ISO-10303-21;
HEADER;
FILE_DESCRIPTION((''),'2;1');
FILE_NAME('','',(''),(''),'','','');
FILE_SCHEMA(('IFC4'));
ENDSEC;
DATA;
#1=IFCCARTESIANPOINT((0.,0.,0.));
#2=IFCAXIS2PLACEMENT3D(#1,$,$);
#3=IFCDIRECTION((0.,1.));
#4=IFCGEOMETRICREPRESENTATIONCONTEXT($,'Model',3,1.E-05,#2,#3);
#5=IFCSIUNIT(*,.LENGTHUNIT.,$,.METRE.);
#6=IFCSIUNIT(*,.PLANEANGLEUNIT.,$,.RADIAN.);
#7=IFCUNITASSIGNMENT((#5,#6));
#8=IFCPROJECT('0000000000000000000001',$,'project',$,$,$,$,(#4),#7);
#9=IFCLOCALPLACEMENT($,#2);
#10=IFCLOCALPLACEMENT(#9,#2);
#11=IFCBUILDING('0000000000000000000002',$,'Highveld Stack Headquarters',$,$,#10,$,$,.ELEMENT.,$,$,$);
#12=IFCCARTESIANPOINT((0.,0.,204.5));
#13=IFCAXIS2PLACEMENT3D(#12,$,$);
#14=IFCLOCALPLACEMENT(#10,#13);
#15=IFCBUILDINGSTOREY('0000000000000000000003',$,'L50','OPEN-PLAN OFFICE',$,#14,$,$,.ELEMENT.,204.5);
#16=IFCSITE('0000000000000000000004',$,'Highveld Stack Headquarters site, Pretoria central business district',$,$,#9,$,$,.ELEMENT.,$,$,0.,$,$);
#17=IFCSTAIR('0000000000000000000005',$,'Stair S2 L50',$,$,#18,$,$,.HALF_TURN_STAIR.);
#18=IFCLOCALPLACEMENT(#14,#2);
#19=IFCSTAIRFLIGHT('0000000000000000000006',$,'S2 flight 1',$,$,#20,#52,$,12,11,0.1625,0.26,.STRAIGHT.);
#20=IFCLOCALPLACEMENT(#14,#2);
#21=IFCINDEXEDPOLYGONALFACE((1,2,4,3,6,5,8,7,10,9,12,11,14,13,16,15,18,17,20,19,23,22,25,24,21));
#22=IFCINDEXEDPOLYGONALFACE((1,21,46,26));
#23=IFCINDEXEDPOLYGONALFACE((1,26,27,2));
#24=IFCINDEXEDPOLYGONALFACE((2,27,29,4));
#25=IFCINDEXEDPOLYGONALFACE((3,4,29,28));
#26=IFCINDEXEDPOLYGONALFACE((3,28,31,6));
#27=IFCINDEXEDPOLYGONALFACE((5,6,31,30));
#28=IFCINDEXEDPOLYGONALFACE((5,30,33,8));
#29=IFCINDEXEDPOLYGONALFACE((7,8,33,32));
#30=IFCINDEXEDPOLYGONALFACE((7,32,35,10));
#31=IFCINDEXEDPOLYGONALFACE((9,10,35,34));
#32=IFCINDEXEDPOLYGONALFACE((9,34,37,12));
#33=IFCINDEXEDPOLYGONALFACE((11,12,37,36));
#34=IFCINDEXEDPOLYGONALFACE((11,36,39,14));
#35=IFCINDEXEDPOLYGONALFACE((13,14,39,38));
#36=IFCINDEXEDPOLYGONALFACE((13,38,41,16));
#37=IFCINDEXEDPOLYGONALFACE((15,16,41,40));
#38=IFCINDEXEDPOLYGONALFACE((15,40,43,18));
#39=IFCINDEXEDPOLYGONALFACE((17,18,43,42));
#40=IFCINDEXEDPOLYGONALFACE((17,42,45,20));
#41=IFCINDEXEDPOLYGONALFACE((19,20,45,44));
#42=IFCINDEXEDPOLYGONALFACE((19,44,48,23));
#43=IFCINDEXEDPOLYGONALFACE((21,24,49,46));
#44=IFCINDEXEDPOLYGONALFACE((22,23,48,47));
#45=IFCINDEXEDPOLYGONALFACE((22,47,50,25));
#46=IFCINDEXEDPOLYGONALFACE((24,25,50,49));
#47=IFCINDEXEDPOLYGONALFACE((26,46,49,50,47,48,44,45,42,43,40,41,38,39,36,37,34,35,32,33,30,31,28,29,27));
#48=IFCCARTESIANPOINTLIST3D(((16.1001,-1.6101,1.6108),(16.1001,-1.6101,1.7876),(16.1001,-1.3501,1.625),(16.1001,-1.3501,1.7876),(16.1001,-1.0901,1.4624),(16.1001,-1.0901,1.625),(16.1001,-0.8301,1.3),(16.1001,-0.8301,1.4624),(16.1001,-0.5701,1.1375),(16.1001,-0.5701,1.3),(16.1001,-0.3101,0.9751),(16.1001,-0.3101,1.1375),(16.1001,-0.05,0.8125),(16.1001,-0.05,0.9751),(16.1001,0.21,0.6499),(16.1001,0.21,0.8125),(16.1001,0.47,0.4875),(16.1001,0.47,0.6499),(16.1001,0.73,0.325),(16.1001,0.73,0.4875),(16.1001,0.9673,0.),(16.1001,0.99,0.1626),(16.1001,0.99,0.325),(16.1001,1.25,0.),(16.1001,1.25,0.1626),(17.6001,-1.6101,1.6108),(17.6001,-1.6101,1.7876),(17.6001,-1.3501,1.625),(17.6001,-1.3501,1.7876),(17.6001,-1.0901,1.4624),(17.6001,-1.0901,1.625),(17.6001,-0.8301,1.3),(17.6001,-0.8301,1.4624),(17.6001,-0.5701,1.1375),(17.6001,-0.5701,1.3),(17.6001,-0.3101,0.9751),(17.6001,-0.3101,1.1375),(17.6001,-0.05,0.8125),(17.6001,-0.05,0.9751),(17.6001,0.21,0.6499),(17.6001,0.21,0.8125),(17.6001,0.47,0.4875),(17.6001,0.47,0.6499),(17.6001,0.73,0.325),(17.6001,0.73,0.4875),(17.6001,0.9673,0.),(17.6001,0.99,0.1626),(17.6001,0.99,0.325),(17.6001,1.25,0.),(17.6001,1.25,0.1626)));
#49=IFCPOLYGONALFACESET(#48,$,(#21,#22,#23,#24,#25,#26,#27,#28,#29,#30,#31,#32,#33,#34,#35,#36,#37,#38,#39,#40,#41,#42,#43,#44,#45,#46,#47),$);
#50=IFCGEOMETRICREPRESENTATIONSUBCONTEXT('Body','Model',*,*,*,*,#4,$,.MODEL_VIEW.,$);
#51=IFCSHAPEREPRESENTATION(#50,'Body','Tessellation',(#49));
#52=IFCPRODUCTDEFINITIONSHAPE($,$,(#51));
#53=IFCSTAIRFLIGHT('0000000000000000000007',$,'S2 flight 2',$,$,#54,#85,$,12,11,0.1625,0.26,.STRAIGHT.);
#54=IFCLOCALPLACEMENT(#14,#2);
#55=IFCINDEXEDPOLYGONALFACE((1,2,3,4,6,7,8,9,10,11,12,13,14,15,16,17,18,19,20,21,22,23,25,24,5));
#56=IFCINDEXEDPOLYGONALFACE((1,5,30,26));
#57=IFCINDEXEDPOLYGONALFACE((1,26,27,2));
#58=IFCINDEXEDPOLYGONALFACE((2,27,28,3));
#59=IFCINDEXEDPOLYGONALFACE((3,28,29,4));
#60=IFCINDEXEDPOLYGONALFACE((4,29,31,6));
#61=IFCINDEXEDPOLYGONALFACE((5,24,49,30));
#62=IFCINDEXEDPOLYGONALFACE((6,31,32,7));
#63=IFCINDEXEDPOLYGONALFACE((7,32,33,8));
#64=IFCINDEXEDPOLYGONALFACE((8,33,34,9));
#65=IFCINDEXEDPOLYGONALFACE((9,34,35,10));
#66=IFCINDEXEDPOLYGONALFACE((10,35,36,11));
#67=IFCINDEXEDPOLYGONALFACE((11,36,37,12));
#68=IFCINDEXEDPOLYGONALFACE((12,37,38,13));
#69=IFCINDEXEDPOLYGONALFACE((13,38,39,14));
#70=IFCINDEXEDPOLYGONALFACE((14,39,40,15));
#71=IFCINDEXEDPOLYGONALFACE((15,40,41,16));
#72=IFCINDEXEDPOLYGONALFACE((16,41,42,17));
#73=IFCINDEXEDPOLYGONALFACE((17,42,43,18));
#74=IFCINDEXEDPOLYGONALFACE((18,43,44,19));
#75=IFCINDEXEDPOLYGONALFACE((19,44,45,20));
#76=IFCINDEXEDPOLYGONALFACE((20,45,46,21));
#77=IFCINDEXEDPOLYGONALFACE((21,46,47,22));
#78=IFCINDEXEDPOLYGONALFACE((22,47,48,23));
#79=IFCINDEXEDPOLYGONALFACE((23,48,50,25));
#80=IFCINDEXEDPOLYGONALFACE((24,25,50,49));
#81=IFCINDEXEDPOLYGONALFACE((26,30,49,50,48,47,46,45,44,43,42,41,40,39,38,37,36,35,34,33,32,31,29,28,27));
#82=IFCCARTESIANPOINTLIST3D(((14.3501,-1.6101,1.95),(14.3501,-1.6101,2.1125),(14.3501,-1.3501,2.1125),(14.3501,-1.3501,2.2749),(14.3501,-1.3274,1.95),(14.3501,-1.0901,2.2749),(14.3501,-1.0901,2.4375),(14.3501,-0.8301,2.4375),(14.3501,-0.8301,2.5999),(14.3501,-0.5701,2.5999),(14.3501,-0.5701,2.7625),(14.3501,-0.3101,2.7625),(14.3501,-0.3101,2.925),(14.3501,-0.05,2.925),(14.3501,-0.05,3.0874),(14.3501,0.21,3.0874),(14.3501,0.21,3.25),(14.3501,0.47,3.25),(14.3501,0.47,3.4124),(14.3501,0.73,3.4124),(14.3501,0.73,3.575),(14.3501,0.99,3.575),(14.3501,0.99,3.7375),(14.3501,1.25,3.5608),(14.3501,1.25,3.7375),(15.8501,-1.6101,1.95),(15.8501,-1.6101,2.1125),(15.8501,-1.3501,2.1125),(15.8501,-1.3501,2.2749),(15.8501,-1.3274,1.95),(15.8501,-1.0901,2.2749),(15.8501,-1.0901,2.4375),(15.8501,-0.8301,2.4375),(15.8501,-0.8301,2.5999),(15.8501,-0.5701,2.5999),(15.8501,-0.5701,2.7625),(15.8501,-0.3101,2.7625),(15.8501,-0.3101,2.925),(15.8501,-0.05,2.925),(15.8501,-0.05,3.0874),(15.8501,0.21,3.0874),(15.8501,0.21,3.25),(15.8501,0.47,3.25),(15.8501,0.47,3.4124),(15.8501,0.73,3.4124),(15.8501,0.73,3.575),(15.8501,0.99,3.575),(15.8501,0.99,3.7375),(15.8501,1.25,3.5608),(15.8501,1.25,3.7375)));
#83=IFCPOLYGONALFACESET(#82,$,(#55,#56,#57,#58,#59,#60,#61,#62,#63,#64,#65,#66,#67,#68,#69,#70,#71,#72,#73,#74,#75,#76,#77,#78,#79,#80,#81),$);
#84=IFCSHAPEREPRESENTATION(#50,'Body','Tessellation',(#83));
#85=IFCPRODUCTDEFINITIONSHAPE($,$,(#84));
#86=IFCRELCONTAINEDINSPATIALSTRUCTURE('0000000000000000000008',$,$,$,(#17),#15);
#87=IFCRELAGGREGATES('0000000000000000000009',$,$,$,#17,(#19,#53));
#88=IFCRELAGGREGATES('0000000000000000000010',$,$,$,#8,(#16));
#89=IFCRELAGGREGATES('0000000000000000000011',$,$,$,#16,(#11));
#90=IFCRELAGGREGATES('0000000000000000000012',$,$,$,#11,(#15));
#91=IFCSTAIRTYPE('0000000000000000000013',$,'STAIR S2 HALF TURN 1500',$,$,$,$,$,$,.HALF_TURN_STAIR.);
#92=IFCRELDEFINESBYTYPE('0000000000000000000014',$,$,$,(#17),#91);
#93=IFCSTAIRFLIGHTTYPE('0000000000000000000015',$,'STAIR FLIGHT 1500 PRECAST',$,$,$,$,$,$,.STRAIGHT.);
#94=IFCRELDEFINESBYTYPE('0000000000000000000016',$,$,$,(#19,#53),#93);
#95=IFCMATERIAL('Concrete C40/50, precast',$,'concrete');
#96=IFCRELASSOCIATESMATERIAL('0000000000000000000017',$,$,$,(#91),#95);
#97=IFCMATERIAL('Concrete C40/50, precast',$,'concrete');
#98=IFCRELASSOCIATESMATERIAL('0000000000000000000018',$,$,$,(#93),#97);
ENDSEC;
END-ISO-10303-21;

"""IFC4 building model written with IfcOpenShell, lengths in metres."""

from ifc_helpers import new_model, si_unit, direction, frame, origin, place, context, subcontext, project, spatial, polyline, outline, extrude, material, type_object, element, aggregate, save


model = new_model("IFC4")

# Units and contexts
model_context = context("Model", 3, precision=1e-05, world=origin(), true_north=direction((0.0, 1.0)))
body_context = subcontext(model_context, "Body", "Model", "MODEL_VIEW")
ifc_project = project(units=[si_unit("LENGTHUNIT", "METRE"), si_unit("PLANEANGLEUNIT", "RADIAN")], contexts=[model_context])

# Site, building, storey
site_placement = place(None, origin())
site = spatial("IfcSite", under=ifc_project, at=site_placement, Name="Highveld Stack Headquarters site, Pretoria central business district", CompositionType="ELEMENT", RefElevation=0.0)
building_placement = place(site_placement, origin())
building = spatial("IfcBuilding", under=site, at=building_placement, Name="Highveld Stack Headquarters", CompositionType="ELEMENT")
storey_placement = place(building_placement, frame((0.0, 0.0, 204.5)))
storey = spatial("IfcBuildingStorey", under=building, at=storey_placement, Name="L50", Description="OPEN-PLAN OFFICE", CompositionType="ELEMENT", Elevation=204.5)

# Stair, stair flights
ifc_material_1 = material(Name="Concrete C40/50, precast", Category="concrete")
stair_type = type_object("IfcStairType", Name="STAIR S2 HALF TURN 1500", PredefinedType="HALF_TURN_STAIR", material=ifc_material_1)
stair_placement = place(storey_placement, origin())
stair = element("IfcStair", 1, at=stair_placement, inside=storey, type_object=stair_type, Name="Stair S2 L50", PredefinedType="HALF_TURN_STAIR")
ifc_material_2 = material(Name="Concrete C40/50, precast", Category="concrete")
stair_flight_type = type_object("IfcStairFlightType", Name="STAIR FLIGHT 1500 PRECAST", PredefinedType="STRAIGHT", material=ifc_material_2)
stair_flight_1_placement = place(storey_placement, frame((16.8501, 1.25, 0.0), z_axis=(0.0, 0.0, 1.0), x_axis=(0.0, -1.0, 0.0)))
stair_flight_1 = element("IfcStairFlight", 2, at=stair_flight_1_placement, type_object=stair_flight_type, Name="S2 flight 1", NumberOfRisers=12, NumberOfTreads=11, PredefinedType="STRAIGHT", RiserHeight=0.1625, TreadLength=0.26, context=body_context, shape_type="SweptSolid", body=[
    extrude(outline(polyline([(0.0, 0.0), (0.0, 0.1626), (0.26, 0.1626), (0.26, 0.325), (0.52, 0.325), (0.52, 0.4875), (0.78, 0.4875), (0.78, 0.6499), (1.04, 0.6499), (1.04, 0.8125), (1.3, 0.8125), (1.3, 0.9751), (1.5601, 0.9751), (1.5601, 1.1375), (1.8201, 1.1375), (1.8201, 1.3), (2.0801, 1.3), (2.0801, 1.4624), (2.3401, 1.4624), (2.3401, 1.625), (2.6001, 1.625), (2.6001, 1.7876), (2.8601, 1.7876), (2.8601, 1.95), (2.8601, 1.6108), (0.2827, 0.0), (0.0, 0.0)])), frame((0.0, 0.75, 0.0), z_axis=(0.0, -1.0, 0.0), x_axis=(1.0, 0.0, 0.0)), (0.0, 0.0, 1.0), 1.5),
])
stair_flight_2_placement = place(storey_placement, frame((15.1001, -1.6101, 1.95), z_axis=(0.0, 0.0, 1.0), x_axis=(0.0, 1.0, 0.0)))
stair_flight_2 = element("IfcStairFlight", 3, at=stair_flight_2_placement, type_object=stair_flight_type, Name="S2 flight 2", NumberOfRisers=12, NumberOfTreads=11, PredefinedType="STRAIGHT", RiserHeight=0.1625, TreadLength=0.26, context=body_context, shape_type="SweptSolid", body=[
    extrude(outline(polyline([(0.0, 0.0), (0.0, 0.1626), (0.26, 0.1626), (0.26, 0.325), (0.52, 0.325), (0.52, 0.4875), (0.78, 0.4875), (0.78, 0.6499), (1.04, 0.6499), (1.04, 0.8125), (1.3, 0.8125), (1.3, 0.9751), (1.5601, 0.9751), (1.5601, 1.1375), (1.8201, 1.1375), (1.8201, 1.3), (2.0801, 1.3), (2.0801, 1.4624), (2.3401, 1.4624), (2.3401, 1.625), (2.6001, 1.625), (2.6001, 1.7876), (2.8601, 1.7876), (2.8601, 1.95), (2.8601, 1.6108), (0.2827, 0.0), (0.0, 0.0)])), frame((0.0, 0.75, 0.0), z_axis=(0.0, -1.0, 0.0), x_axis=(1.0, 0.0, 0.0)), (0.0, 0.0, 1.0), 1.5),
])
aggregate(stair, [stair_flight_1, stair_flight_2])

save(model, "model.ifc")
